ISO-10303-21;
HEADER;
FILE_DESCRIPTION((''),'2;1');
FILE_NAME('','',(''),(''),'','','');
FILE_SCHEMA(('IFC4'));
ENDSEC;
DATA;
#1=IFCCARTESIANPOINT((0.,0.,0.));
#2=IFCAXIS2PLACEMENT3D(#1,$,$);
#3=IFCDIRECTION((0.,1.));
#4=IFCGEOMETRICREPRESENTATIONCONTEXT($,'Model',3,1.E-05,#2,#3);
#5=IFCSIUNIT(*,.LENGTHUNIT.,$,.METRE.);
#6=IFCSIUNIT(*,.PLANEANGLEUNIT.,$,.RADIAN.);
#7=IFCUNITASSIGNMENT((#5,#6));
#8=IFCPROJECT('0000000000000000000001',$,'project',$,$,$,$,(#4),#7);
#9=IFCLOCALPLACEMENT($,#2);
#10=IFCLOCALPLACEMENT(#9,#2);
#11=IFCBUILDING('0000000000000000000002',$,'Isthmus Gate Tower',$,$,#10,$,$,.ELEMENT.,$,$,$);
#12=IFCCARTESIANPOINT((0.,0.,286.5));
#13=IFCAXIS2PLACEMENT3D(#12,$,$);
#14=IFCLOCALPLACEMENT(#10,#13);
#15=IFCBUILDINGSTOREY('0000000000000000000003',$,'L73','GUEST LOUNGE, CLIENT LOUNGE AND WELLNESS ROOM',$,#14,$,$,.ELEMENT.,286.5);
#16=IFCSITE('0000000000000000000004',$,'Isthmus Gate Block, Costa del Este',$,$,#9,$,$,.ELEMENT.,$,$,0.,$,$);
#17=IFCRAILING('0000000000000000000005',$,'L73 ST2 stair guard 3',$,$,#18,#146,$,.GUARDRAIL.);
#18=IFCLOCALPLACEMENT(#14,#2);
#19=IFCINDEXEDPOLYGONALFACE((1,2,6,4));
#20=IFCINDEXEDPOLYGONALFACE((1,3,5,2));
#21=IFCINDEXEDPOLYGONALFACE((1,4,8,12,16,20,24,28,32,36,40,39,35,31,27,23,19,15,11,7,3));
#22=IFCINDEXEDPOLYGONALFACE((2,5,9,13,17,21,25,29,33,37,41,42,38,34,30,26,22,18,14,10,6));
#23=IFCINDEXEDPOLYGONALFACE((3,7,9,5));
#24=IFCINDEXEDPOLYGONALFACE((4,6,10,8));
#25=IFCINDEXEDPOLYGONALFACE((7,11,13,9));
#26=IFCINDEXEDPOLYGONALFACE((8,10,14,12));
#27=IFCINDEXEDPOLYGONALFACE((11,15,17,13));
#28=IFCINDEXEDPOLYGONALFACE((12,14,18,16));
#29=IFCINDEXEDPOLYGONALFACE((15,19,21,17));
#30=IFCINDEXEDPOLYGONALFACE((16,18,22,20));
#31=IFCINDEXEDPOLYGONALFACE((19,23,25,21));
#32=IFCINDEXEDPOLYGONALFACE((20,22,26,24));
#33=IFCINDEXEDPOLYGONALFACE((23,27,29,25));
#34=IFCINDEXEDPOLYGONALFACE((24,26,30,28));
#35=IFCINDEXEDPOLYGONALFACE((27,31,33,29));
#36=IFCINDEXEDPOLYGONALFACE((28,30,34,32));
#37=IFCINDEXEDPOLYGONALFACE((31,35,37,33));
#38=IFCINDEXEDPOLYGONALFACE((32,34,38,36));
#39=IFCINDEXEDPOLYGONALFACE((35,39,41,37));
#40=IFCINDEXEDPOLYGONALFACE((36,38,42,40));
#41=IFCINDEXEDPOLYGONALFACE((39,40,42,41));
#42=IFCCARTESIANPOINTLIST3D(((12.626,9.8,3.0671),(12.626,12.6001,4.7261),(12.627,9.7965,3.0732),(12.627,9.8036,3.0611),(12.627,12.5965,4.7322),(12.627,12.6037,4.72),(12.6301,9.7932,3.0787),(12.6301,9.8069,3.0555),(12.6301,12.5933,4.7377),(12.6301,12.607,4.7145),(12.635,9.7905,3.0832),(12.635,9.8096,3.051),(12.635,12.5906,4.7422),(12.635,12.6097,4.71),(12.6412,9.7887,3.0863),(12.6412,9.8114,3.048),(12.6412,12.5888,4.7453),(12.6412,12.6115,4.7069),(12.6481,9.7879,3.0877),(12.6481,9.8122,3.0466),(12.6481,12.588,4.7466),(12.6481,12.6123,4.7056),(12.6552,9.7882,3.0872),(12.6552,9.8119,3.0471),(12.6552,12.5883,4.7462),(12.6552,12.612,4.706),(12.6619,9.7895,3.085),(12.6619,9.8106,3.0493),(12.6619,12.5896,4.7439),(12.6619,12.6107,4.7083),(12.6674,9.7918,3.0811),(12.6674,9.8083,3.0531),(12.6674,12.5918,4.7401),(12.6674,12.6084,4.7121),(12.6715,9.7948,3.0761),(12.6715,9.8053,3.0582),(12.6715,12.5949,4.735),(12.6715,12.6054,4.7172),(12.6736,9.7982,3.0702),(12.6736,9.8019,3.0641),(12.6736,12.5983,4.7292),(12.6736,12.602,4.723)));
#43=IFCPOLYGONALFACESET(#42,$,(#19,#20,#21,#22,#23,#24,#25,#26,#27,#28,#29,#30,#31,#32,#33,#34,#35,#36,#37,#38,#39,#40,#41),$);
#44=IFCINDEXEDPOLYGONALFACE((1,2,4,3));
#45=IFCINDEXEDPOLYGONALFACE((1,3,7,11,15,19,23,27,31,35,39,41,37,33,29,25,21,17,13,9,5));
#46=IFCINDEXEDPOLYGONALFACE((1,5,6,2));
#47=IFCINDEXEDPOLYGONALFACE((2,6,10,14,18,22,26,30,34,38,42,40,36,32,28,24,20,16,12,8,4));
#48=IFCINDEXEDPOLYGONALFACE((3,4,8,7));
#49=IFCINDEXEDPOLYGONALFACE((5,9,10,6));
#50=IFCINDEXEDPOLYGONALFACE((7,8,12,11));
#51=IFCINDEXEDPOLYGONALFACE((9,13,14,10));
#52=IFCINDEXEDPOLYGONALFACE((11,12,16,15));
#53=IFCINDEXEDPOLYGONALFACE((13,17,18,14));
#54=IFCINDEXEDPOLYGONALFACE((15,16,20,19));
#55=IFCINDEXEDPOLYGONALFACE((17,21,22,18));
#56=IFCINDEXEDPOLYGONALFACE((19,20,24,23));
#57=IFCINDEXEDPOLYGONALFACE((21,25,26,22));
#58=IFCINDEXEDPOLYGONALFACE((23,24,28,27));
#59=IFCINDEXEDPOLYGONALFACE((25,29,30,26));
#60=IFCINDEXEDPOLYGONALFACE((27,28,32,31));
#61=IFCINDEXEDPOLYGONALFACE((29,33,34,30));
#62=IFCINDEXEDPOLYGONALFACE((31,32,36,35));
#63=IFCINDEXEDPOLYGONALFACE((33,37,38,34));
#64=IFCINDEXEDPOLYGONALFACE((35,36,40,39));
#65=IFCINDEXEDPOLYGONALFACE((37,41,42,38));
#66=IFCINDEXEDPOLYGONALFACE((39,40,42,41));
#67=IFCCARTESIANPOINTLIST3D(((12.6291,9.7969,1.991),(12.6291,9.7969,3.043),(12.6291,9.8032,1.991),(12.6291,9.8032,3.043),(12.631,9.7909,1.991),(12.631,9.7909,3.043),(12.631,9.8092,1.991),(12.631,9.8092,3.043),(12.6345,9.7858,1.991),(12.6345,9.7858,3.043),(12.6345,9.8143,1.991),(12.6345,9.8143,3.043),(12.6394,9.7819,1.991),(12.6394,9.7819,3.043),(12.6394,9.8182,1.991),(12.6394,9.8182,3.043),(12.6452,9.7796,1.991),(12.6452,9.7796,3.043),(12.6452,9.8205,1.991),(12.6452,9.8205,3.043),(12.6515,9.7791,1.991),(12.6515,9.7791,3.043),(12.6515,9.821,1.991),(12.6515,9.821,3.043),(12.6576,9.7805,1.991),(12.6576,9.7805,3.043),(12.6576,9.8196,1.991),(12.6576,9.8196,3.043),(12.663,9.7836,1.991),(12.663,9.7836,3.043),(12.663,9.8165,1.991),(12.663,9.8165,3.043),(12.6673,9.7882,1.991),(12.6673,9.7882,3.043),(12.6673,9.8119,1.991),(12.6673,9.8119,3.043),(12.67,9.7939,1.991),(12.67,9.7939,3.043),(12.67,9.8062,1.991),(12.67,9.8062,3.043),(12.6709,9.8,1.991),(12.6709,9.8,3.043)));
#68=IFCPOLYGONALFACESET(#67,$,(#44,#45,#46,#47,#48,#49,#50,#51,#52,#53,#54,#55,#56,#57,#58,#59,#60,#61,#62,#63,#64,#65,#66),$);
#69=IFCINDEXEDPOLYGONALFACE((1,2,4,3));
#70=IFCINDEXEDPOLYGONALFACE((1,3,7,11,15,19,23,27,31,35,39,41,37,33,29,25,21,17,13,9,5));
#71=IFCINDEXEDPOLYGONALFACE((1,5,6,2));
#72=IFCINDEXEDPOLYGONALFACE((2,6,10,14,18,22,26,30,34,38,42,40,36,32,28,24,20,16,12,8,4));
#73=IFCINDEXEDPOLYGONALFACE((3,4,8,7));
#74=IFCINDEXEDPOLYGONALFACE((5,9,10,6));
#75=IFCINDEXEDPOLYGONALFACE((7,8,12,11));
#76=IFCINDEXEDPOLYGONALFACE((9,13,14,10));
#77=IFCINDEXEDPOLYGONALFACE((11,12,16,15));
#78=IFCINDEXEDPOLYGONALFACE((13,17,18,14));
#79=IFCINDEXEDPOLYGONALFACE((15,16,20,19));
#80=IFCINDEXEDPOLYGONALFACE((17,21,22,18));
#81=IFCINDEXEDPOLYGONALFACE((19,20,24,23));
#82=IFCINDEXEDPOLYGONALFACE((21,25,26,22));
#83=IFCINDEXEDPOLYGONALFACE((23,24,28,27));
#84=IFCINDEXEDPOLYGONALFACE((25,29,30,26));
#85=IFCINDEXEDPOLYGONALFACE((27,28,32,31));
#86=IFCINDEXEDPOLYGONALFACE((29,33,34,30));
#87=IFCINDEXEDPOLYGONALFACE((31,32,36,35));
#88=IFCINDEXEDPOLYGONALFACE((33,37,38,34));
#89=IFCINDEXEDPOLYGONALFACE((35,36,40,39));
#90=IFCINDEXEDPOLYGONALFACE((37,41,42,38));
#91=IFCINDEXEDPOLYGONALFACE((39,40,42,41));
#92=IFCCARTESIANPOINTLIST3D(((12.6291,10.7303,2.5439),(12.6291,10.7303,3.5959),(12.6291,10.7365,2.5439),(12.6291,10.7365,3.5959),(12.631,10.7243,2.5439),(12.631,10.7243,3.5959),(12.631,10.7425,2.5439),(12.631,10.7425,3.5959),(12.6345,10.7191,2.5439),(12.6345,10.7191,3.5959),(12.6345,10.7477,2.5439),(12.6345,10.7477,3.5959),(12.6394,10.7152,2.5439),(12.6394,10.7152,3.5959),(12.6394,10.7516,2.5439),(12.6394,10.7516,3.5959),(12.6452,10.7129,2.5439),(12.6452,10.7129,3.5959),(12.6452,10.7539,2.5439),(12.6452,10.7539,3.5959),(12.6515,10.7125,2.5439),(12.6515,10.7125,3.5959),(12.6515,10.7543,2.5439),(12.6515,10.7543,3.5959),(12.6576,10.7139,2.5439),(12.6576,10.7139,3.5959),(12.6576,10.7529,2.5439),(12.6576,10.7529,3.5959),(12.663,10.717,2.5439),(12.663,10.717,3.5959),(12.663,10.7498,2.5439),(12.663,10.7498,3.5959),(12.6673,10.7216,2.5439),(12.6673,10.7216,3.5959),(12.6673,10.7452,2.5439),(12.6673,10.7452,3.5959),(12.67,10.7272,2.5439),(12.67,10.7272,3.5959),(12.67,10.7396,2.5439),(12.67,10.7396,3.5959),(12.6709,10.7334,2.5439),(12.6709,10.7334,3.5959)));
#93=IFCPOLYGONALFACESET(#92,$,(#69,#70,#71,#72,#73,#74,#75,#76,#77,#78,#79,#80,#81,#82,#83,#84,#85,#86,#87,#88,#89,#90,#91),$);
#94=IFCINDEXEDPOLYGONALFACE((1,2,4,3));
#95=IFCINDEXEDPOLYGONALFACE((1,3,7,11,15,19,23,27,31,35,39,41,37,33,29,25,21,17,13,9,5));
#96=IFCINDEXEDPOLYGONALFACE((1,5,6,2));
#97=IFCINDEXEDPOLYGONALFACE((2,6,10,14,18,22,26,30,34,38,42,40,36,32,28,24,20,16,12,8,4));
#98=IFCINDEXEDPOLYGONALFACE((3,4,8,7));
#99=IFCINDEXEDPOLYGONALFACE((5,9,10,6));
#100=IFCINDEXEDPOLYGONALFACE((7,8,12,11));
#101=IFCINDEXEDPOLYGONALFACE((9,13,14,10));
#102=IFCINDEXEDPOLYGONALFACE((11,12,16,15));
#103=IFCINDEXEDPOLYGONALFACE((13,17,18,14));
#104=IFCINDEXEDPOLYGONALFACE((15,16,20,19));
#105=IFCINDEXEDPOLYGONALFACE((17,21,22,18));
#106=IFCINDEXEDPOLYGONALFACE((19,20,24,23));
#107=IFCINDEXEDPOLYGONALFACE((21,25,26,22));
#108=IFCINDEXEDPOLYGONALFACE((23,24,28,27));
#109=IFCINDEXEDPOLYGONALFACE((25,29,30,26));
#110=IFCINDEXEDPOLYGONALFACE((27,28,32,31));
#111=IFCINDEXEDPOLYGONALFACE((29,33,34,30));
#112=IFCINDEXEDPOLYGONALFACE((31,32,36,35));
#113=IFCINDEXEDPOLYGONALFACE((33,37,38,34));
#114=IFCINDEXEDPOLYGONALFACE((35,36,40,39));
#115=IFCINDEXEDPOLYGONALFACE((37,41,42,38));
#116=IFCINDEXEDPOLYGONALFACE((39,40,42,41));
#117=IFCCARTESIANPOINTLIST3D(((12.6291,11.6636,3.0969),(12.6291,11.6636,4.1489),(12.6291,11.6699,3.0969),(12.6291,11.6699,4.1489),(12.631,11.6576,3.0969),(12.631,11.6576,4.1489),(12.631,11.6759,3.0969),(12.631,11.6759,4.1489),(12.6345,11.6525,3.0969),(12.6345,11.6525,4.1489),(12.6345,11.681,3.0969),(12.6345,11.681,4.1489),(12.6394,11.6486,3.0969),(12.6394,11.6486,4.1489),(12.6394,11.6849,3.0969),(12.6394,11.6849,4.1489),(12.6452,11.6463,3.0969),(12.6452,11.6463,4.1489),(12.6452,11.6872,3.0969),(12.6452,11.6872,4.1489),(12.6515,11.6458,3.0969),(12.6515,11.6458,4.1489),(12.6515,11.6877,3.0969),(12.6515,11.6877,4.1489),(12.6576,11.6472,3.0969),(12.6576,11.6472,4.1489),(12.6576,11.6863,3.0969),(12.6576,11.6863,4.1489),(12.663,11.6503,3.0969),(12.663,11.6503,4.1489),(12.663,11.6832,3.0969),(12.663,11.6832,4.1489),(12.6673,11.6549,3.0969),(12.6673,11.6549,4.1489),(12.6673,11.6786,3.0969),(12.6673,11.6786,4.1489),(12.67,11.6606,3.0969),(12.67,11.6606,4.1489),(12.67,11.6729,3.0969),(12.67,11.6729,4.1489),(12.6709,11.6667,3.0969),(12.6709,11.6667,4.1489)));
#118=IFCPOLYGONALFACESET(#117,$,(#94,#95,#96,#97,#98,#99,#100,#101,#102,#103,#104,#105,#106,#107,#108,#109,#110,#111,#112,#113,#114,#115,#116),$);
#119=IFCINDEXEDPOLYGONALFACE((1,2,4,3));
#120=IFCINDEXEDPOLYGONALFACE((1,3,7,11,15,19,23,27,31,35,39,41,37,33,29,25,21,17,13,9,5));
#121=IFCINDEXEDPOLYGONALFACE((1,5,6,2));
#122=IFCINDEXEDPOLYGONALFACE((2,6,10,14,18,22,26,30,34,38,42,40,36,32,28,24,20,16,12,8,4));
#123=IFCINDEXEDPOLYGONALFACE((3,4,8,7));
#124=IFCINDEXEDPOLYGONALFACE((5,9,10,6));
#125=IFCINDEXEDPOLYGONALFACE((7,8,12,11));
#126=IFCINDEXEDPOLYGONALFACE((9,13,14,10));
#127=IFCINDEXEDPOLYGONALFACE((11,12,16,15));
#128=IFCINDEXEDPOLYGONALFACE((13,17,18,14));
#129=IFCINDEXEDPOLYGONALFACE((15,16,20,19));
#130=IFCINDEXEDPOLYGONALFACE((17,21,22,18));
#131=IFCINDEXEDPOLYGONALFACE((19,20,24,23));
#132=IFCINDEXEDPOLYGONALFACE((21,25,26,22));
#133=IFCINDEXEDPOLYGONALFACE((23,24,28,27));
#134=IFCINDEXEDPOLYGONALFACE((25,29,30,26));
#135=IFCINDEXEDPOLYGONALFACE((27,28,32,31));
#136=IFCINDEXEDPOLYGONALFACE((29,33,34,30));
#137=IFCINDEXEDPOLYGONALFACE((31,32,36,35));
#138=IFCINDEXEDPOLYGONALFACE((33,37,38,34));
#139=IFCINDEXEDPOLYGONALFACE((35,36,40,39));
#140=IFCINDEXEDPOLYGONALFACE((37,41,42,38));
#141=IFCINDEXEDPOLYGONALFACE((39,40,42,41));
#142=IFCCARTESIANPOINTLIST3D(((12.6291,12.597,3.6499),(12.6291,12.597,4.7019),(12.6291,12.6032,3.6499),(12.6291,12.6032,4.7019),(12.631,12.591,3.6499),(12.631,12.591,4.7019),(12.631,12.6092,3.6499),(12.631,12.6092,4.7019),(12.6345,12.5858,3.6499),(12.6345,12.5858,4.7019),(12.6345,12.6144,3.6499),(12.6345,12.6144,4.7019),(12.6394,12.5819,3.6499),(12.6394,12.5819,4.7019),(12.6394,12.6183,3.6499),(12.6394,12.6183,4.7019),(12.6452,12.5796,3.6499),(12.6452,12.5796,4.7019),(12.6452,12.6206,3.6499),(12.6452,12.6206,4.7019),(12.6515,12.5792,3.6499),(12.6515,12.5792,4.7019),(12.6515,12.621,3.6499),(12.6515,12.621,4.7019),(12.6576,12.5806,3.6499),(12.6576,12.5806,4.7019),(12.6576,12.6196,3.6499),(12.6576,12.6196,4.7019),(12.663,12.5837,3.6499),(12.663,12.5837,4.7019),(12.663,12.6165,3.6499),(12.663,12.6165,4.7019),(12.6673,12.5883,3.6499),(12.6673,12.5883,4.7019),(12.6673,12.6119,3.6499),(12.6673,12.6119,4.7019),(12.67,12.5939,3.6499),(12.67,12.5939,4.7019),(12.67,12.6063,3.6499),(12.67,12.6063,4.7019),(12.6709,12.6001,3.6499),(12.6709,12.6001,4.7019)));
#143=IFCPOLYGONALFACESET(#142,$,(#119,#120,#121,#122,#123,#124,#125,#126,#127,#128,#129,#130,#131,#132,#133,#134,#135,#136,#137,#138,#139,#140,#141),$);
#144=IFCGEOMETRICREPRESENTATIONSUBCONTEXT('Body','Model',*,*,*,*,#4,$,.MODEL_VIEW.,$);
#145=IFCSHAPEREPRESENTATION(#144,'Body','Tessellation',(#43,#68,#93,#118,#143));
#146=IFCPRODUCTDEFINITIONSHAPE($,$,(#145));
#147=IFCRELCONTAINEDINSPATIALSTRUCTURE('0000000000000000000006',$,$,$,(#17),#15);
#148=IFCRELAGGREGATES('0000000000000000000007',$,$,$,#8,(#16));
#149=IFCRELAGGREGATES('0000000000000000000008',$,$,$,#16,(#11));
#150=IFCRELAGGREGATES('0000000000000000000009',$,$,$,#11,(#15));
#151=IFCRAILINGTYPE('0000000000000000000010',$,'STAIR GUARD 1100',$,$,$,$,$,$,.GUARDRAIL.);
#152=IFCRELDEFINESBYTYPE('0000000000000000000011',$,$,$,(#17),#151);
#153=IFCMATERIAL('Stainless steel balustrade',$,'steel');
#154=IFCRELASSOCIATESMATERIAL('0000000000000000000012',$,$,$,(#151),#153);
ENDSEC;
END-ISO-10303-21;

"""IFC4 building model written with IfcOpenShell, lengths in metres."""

from ifc_helpers import new_model, si_unit, direction, frame, origin, origin_2d, place, context, subcontext, project, spatial, circle, extrude, material, type_object, element, save


model = new_model("IFC4")

# Units and contexts
model_context = context("Model", 3, precision=1e-05, world=origin(), true_north=direction((0.0, 1.0)))
body_context = subcontext(model_context, "Body", "Model", "MODEL_VIEW")
ifc_project = project(units=[si_unit("LENGTHUNIT", "METRE"), si_unit("PLANEANGLEUNIT", "RADIAN")], contexts=[model_context])

# Site, building, storey
site_placement = place(None, origin())
site = spatial("IfcSite", under=ifc_project, at=site_placement, Name="Isthmus Gate Block, Costa del Este", CompositionType="ELEMENT", RefElevation=0.0)
building_placement = place(site_placement, origin())
building = spatial("IfcBuilding", under=site, at=building_placement, Name="Isthmus Gate Tower", CompositionType="ELEMENT")
storey_placement = place(building_placement, frame((0.0, 0.0, 286.5)))
storey = spatial("IfcBuildingStorey", under=building, at=storey_placement, Name="L73", Description="GUEST LOUNGE, CLIENT LOUNGE AND WELLNESS ROOM", CompositionType="ELEMENT", Elevation=286.5)

# Railing
ifc_material_1 = material(Name="Stainless steel balustrade", Category="steel")
railing_type_1 = type_object("IfcRailingType", Name="STAIR GUARD 1100", PredefinedType="GUARDRAIL", material=ifc_material_1)
railing_1_placement = place(storey_placement, frame((12.6499, 9.8, 1.991)))
element("IfcRailing", 1, at=railing_1_placement, inside=storey, type_object=railing_type_1, Name="L73 ST2 stair guard 3", PredefinedType="GUARDRAIL", context=body_context, shape_type="SweptSolid", body=[
    extrude(circle(Radius=0.0239, at=origin_2d()), frame((0.0, 0.0, 1.0762), z_axis=(0.0, 0.860339, 0.509722), x_axis=(-1.0, 0.0, 0.0)), (0.0, 0.0, 1.0), 3.2546),
    extrude(circle(Radius=0.021, at=origin_2d()), origin(), (0.0, 0.0, 1.0), 1.052),
    extrude(circle(Radius=0.021, at=origin_2d()), frame((0.0, 0.9333, 0.553)), (0.0, 0.0, 1.0), 1.052),
    extrude(circle(Radius=0.021, at=origin_2d()), frame((0.0, 1.8667, 1.106)), (0.0, 0.0, 1.0), 1.052),
    extrude(circle(Radius=0.021, at=origin_2d()), frame((0.0, 2.8, 1.6589)), (0.0, 0.0, 1.0), 1.052),
])

save(model, "model.ifc")
